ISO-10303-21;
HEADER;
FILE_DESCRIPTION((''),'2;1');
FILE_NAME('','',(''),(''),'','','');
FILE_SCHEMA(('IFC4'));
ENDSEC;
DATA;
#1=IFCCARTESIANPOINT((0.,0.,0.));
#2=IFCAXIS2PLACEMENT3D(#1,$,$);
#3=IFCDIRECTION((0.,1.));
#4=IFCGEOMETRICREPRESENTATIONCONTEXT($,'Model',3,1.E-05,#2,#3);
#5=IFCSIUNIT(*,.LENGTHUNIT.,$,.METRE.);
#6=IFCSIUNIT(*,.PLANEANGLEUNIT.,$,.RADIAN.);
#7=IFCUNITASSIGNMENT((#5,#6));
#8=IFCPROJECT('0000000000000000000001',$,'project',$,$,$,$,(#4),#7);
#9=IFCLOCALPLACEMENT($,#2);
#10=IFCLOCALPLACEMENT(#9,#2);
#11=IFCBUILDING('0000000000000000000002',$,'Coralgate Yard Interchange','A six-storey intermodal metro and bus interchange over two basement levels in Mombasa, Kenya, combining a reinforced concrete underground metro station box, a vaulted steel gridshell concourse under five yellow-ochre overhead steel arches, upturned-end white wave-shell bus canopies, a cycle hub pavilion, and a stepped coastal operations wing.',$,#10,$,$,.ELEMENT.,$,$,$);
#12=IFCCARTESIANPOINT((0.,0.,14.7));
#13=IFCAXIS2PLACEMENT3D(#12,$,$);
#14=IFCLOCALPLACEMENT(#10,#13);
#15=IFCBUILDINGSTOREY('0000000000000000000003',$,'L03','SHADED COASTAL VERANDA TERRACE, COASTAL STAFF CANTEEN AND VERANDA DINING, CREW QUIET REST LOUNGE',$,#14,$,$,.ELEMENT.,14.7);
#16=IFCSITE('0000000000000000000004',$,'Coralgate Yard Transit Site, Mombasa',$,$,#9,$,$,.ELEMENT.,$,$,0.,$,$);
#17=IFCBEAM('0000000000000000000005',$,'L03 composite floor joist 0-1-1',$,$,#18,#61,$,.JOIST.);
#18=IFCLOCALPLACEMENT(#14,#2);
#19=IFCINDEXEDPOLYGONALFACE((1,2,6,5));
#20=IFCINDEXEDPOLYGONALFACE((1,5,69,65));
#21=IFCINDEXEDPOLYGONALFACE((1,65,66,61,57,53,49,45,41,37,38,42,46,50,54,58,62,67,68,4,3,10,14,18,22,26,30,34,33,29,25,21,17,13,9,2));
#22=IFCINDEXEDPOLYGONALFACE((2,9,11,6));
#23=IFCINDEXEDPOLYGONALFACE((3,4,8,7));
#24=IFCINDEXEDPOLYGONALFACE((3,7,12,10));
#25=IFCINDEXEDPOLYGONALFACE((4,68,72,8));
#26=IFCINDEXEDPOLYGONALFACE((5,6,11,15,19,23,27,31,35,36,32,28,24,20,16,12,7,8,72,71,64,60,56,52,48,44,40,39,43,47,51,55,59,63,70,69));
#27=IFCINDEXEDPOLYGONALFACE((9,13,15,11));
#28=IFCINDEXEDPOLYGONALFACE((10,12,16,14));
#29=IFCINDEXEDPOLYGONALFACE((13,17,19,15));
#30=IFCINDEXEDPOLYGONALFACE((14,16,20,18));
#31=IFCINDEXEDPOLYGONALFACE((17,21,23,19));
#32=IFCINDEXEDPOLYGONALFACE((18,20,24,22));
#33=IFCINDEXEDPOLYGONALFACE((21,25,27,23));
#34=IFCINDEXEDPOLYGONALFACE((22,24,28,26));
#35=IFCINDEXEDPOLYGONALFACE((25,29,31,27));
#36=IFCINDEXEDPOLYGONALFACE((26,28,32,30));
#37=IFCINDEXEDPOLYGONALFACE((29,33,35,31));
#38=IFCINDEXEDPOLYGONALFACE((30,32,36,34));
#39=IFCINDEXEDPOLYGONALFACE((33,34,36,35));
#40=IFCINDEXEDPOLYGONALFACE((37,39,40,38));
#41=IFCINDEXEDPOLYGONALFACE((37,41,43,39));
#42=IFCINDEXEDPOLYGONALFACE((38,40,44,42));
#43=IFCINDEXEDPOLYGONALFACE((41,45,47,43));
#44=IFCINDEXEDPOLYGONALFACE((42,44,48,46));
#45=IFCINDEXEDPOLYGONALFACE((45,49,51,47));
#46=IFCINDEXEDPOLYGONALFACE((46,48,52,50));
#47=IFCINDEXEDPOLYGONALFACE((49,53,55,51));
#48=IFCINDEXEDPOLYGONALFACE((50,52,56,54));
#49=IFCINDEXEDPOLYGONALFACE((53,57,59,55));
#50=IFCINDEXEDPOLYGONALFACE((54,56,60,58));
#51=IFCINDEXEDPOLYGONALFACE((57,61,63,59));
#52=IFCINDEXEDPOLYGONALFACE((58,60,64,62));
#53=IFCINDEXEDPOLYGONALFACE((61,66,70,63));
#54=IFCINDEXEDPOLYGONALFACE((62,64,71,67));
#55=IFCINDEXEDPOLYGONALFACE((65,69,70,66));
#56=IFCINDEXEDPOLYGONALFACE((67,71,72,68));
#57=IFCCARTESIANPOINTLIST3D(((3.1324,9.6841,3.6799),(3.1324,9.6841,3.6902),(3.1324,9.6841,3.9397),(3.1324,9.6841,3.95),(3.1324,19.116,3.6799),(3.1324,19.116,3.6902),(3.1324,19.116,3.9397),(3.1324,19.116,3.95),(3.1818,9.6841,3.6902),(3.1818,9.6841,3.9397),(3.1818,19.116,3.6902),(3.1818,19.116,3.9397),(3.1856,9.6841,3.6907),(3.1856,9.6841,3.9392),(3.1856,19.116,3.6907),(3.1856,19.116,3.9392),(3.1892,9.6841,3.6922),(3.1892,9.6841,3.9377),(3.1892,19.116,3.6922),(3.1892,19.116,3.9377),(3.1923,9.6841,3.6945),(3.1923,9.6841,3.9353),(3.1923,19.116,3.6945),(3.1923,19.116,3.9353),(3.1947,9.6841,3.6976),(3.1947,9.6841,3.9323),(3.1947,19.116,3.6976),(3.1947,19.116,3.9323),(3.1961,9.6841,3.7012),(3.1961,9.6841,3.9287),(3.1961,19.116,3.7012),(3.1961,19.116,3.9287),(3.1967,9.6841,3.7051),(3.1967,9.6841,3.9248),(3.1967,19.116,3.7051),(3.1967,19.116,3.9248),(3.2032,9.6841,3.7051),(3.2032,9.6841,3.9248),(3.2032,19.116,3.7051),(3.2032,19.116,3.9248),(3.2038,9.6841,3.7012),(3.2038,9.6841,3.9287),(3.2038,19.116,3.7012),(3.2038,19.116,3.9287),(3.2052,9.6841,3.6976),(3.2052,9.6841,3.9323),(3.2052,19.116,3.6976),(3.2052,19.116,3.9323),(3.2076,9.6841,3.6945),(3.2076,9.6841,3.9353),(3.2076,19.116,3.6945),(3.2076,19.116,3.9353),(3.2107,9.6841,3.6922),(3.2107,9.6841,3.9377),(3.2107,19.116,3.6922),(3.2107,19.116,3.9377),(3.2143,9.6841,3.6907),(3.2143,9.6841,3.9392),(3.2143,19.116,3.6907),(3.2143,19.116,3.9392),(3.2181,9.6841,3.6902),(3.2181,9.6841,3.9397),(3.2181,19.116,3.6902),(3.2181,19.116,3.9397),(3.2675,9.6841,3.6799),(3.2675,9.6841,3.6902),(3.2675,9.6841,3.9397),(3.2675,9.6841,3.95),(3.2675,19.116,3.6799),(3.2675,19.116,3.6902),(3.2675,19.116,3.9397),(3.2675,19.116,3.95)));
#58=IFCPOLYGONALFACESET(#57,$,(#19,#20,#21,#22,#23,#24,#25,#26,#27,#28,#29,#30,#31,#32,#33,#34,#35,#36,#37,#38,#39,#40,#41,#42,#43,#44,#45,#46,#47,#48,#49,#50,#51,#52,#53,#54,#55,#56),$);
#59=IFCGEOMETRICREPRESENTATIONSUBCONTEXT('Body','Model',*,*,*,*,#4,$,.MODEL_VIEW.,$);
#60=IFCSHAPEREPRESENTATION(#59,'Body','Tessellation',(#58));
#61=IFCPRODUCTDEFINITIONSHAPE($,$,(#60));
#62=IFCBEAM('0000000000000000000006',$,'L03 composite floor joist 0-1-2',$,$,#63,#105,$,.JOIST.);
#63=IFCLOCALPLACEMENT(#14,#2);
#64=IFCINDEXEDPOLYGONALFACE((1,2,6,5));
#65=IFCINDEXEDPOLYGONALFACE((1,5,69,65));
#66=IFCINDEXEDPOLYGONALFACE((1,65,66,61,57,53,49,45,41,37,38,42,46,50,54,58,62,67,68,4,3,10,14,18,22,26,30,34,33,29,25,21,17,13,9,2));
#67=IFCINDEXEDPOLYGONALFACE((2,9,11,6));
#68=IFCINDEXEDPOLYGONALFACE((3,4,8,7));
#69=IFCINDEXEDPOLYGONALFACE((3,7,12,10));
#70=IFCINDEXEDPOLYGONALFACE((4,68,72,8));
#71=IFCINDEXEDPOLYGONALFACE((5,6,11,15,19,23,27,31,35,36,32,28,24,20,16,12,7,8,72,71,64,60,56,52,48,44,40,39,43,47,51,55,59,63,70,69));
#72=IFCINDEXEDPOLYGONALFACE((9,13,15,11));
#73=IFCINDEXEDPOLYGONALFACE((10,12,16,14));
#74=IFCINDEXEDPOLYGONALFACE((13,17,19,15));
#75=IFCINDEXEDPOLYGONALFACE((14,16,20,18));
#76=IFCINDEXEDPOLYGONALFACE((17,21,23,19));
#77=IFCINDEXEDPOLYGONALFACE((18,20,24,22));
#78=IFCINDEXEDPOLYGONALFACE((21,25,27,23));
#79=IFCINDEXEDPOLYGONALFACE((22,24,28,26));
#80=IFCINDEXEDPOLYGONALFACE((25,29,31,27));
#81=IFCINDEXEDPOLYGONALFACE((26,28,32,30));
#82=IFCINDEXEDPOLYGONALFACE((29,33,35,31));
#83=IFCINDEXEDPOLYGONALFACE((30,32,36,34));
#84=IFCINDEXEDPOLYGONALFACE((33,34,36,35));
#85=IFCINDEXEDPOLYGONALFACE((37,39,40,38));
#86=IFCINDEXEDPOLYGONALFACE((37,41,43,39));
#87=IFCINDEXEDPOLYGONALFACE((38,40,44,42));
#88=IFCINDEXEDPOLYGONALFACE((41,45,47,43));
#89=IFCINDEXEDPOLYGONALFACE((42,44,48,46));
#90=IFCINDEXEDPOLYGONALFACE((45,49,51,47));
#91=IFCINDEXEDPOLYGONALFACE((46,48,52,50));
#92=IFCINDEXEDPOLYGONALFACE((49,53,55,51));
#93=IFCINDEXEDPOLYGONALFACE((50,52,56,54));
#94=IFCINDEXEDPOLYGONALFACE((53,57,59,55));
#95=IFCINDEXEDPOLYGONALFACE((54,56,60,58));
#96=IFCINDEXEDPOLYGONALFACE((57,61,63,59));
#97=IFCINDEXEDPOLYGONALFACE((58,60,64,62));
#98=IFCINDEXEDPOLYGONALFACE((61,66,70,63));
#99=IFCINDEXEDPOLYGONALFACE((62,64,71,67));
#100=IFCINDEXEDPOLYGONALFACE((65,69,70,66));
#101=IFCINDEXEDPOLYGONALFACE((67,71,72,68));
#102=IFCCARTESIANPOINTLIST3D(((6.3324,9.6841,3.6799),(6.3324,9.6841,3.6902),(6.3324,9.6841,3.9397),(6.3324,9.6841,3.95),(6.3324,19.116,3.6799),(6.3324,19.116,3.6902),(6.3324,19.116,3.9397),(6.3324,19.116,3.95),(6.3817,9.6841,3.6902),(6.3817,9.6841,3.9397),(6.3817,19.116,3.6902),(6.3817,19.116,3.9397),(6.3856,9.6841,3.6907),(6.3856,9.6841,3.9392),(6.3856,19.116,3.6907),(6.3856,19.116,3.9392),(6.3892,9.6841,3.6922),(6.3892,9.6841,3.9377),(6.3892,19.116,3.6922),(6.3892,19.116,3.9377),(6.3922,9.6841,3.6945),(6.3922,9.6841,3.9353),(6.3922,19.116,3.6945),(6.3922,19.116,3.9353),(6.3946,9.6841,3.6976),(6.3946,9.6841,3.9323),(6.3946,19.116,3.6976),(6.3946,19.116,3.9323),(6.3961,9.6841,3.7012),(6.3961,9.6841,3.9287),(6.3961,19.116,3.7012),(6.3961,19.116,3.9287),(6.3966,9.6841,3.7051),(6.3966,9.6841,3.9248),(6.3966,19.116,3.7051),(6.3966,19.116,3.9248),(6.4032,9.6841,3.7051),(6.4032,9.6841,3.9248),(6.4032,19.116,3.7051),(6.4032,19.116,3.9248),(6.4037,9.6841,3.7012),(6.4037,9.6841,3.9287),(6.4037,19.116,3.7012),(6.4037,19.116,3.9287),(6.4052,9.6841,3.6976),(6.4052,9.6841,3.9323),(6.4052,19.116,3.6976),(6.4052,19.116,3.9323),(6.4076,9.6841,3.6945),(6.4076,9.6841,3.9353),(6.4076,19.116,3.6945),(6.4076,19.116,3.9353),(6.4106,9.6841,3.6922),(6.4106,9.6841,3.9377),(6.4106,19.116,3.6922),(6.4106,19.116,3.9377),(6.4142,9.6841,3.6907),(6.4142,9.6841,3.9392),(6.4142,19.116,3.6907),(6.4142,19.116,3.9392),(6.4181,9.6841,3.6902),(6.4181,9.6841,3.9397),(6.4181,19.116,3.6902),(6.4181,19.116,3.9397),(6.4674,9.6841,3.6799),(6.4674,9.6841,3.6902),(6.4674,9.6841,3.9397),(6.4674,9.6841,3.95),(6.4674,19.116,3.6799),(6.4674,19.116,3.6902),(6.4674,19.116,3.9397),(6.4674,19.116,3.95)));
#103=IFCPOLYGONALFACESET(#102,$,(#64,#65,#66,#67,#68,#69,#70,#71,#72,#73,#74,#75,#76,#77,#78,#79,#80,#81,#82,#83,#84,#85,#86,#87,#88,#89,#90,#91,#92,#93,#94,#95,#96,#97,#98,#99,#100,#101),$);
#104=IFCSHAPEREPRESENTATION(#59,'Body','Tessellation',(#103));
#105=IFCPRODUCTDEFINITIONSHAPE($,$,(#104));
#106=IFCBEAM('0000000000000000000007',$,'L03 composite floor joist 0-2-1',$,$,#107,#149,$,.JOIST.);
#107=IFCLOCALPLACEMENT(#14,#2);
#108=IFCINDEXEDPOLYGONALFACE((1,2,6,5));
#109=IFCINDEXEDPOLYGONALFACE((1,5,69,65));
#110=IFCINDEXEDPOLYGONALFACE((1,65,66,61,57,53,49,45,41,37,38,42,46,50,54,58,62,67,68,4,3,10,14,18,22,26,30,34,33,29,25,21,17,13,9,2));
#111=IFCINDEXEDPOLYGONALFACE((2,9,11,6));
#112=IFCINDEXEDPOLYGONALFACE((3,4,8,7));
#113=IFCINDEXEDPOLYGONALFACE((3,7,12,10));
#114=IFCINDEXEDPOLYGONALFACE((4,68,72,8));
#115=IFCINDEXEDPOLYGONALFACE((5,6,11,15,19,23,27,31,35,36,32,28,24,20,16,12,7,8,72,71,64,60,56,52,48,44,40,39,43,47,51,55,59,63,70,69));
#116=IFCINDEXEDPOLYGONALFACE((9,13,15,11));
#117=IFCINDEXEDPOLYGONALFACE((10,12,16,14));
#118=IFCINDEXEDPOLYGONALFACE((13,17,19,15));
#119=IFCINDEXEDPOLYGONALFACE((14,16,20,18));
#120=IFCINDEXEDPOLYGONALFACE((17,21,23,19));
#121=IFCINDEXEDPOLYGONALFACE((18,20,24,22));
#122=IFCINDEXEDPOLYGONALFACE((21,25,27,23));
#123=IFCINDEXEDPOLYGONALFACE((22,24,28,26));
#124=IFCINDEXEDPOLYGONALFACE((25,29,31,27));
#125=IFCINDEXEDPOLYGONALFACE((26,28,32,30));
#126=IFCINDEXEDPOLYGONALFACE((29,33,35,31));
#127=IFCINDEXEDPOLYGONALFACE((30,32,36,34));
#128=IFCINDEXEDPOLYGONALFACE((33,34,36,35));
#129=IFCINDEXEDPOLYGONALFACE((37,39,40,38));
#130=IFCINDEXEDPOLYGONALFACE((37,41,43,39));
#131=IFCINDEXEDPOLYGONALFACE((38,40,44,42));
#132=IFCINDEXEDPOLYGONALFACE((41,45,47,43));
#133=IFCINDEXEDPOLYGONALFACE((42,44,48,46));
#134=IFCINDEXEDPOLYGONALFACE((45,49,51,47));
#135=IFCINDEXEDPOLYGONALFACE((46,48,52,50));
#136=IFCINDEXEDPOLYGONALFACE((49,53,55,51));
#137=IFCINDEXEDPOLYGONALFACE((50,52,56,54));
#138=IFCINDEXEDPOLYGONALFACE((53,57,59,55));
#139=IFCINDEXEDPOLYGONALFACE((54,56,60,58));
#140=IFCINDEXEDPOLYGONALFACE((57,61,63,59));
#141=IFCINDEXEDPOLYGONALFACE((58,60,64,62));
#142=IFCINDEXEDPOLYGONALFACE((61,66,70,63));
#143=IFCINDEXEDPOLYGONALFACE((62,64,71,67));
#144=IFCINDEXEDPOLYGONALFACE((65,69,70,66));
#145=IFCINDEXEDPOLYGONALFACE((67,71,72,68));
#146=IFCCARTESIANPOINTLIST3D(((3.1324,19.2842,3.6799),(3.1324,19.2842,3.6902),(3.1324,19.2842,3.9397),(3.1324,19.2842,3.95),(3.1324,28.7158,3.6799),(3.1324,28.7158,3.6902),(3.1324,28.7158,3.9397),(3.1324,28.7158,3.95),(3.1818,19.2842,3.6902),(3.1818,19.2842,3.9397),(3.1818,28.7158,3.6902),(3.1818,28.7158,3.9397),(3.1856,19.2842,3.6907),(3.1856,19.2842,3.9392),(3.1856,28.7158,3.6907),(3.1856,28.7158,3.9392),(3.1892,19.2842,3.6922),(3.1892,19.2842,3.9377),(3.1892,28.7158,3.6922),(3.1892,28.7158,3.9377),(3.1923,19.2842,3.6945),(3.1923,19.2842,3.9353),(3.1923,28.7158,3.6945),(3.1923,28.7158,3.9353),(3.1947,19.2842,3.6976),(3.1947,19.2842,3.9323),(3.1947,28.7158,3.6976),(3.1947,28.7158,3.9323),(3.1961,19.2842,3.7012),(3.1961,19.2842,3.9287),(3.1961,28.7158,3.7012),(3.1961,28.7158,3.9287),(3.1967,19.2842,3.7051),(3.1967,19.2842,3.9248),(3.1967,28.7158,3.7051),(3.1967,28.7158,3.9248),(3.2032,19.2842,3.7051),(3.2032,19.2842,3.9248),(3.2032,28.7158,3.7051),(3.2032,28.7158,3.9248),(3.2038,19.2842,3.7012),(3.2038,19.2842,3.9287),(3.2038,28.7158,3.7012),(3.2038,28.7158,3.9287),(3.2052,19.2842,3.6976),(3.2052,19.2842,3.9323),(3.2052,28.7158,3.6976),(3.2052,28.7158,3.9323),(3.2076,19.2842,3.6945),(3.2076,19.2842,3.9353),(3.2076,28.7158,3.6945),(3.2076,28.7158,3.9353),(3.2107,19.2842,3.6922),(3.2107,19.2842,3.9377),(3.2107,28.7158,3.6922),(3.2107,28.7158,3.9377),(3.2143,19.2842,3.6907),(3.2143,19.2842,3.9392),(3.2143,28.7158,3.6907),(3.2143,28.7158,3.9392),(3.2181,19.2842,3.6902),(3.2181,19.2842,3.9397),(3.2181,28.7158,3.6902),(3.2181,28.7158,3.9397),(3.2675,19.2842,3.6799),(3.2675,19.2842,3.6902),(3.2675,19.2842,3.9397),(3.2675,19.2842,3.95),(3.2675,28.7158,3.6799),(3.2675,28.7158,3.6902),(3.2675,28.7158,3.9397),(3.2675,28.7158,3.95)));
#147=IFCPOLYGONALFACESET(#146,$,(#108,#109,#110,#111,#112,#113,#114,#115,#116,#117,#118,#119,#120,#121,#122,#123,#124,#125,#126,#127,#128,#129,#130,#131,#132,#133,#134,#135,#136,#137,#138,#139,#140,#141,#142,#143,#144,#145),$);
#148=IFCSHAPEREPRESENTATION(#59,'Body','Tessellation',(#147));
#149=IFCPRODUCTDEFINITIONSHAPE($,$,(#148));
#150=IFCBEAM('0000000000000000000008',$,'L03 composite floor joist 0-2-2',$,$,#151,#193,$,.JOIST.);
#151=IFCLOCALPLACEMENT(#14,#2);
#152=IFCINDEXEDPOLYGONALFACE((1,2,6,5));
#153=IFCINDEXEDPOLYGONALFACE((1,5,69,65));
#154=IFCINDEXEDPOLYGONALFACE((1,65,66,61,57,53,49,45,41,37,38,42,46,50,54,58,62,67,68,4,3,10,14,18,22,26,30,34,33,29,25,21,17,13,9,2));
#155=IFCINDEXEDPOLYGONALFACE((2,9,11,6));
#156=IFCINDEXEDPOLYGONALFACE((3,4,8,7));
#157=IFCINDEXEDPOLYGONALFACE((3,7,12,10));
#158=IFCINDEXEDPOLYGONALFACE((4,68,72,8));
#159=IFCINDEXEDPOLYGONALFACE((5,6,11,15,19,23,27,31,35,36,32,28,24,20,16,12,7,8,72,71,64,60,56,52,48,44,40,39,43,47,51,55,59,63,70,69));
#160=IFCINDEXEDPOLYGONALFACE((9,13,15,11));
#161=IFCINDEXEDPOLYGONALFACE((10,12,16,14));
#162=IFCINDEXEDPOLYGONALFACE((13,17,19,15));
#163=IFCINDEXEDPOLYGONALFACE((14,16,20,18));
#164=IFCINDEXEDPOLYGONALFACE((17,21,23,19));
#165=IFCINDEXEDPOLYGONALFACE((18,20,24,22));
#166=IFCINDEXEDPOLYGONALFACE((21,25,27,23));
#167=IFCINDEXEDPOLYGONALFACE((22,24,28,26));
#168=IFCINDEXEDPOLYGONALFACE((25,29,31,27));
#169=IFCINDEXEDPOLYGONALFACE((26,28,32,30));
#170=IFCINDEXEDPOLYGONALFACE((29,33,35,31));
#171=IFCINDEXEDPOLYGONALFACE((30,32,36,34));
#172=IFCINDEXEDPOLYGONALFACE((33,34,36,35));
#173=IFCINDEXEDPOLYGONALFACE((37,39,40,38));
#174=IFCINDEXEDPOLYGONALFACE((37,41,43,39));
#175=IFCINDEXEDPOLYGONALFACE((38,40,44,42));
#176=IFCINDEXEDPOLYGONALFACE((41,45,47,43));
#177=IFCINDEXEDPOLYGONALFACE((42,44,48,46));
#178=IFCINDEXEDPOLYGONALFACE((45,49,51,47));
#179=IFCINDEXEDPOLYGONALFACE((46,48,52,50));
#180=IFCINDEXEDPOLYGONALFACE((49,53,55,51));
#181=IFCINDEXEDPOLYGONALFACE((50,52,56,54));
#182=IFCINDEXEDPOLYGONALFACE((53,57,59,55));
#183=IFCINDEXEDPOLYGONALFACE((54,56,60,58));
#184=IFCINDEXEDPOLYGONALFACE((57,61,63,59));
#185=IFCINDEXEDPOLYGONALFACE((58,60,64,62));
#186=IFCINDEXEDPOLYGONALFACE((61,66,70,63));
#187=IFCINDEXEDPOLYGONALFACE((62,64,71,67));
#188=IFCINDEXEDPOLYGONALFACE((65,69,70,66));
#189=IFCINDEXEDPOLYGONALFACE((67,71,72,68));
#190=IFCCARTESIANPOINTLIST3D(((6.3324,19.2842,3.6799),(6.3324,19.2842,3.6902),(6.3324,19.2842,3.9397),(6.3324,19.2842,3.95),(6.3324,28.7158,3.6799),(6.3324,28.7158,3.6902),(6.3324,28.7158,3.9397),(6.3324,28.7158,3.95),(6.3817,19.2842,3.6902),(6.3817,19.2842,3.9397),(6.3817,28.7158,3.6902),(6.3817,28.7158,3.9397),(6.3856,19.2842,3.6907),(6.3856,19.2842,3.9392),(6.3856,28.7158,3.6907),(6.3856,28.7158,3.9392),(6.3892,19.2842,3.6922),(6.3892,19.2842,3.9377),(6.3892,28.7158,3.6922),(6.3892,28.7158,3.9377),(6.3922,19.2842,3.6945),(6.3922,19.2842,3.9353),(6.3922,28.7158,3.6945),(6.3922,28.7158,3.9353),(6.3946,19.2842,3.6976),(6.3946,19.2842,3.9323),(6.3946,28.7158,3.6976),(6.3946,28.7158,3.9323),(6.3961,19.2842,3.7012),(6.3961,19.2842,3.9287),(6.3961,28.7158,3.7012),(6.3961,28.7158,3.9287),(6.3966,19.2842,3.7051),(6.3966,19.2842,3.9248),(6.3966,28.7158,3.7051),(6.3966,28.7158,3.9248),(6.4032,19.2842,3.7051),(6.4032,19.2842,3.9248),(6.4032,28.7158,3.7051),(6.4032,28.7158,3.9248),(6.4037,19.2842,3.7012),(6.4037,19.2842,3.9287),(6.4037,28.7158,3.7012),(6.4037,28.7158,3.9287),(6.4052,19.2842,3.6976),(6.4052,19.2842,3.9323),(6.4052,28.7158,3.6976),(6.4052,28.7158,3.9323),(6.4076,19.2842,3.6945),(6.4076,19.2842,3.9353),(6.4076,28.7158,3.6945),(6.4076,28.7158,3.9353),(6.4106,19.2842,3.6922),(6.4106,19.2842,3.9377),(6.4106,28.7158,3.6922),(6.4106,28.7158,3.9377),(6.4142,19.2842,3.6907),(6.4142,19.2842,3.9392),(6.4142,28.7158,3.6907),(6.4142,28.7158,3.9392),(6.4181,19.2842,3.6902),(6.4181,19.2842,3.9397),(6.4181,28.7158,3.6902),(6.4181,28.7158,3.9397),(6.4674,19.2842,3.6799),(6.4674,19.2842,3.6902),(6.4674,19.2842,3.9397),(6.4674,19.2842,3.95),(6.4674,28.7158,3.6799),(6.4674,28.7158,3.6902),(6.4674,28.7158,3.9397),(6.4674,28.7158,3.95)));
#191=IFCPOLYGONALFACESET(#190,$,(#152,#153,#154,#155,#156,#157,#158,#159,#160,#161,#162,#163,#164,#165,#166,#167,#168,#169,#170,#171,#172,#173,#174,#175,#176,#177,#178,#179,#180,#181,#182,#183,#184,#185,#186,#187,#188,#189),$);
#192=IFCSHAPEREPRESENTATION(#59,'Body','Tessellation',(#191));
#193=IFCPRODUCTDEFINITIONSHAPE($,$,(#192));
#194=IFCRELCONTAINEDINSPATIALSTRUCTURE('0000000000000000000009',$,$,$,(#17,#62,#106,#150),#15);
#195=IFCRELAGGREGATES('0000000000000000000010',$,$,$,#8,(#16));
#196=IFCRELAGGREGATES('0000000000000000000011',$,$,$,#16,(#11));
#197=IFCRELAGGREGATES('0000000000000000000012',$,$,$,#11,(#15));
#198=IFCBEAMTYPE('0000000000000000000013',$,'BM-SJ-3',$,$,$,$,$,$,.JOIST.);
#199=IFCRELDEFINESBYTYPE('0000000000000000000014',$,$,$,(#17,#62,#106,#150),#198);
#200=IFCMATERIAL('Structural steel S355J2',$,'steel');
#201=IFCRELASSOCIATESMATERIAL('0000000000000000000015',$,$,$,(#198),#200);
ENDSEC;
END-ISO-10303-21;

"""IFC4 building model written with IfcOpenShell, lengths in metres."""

from ifc_helpers import new_model, si_unit, direction, frame, origin, origin_2d, place, context, subcontext, project, spatial, i_section, extrude, material, material_profile, profile_set, type_object, element, save


model = new_model("IFC4")

# Units and contexts
model_context = context("Model", 3, precision=1e-05, world=origin(), true_north=direction((0.0, 1.0)))
body_context = subcontext(model_context, "Body", "Model", "MODEL_VIEW")
ifc_project = project(units=[si_unit("LENGTHUNIT", "METRE"), si_unit("PLANEANGLEUNIT", "RADIAN")], contexts=[model_context])

# Site, building, storey
site_placement = place(None, origin())
site = spatial("IfcSite", under=ifc_project, at=site_placement, Name="Coralgate Yard Transit Site, Mombasa", CompositionType="ELEMENT", RefElevation=0.0)
building_placement = place(site_placement, origin())
building = spatial("IfcBuilding", under=site, at=building_placement, Name="Coralgate Yard Interchange", Description="A six-storey intermodal metro and bus interchange over two basement levels in Mombasa, Kenya, combining a reinforced concrete underground metro station box, a vaulted steel gridshell concourse under five yellow-ochre overhead steel arches, upturned-end white wave-shell bus canopies, a cycle hub pavilion, and a stepped coastal operations wing.", CompositionType="ELEMENT")
storey_placement = place(building_placement, frame((0.0, 0.0, 14.7)))
storey = spatial("IfcBuildingStorey", under=building, at=storey_placement, Name="L03", Description="SHADED COASTAL VERANDA TERRACE, COASTAL STAFF CANTEEN AND VERANDA DINING, CREW QUIET REST LOUNGE", CompositionType="ELEMENT", Elevation=14.7)

# Shared definitions
ifc_material_1 = material(Name="Structural steel S355J2", Category="steel")

# Beams
ifc_material_profile_1 = material_profile(ifc_material_1, i_section(OverallWidth=0.135, OverallDepth=0.27, WebThickness=0.0066, FlangeThickness=0.0103, FilletRadius=0.0149, at=origin_2d()), Name="IPE 270")
ifc_profile_set_1 = profile_set([ifc_material_profile_1], Name="Structural steel S355J2")
beam_type_1 = type_object("IfcBeamType", Name="BM-SJ-3", PredefinedType="JOIST", material=ifc_profile_set_1)
for number, where, z_axis, x_axis, name in (
    (1, (3.2, 9.6841, 3.8149), (0.0, 1.0, 0.0), (-1.0, 0.0, 0.0), "L03 composite floor joist 0-1-1"),
    (2, (6.3999, 9.6841, 3.8149), (0.0, 1.0, 0.0), (-1.0, 0.0, 0.0), "L03 composite floor joist 0-1-2"),
):
    element("IfcBeam", number, at=place(storey_placement, frame(where, z_axis=z_axis, x_axis=x_axis)), inside=storey, type_object=beam_type_1, Name=name, PredefinedType="JOIST", context=body_context, shape_type="SweptSolid", body=[
        extrude(i_section(OverallWidth=0.135, OverallDepth=0.27, WebThickness=0.0066, FlangeThickness=0.0103, FilletRadius=0.0149, at=origin_2d()), origin(), (0.0, 0.0, 1.0), 9.4319),
    ])
for number, where, z_axis, x_axis, name in (
    (3, (3.2, 19.2842, 3.8149), (0.0, 1.0, 0.0), (-1.0, 0.0, 0.0), "L03 composite floor joist 0-2-1"),
    (4, (6.3999, 19.2842, 3.8149), (0.0, 1.0, 0.0), (-1.0, 0.0, 0.0), "L03 composite floor joist 0-2-2"),
):
    element("IfcBeam", number, at=place(storey_placement, frame(where, z_axis=z_axis, x_axis=x_axis)), inside=storey, type_object=beam_type_1, Name=name, PredefinedType="JOIST", context=body_context, shape_type="SweptSolid", body=[
        extrude(i_section(OverallWidth=0.135, OverallDepth=0.27, WebThickness=0.0066, FlangeThickness=0.0103, FilletRadius=0.0149, at=origin_2d()), origin(), (0.0, 0.0, 1.0), 9.4316),
    ])

save(model, "model.ifc")
